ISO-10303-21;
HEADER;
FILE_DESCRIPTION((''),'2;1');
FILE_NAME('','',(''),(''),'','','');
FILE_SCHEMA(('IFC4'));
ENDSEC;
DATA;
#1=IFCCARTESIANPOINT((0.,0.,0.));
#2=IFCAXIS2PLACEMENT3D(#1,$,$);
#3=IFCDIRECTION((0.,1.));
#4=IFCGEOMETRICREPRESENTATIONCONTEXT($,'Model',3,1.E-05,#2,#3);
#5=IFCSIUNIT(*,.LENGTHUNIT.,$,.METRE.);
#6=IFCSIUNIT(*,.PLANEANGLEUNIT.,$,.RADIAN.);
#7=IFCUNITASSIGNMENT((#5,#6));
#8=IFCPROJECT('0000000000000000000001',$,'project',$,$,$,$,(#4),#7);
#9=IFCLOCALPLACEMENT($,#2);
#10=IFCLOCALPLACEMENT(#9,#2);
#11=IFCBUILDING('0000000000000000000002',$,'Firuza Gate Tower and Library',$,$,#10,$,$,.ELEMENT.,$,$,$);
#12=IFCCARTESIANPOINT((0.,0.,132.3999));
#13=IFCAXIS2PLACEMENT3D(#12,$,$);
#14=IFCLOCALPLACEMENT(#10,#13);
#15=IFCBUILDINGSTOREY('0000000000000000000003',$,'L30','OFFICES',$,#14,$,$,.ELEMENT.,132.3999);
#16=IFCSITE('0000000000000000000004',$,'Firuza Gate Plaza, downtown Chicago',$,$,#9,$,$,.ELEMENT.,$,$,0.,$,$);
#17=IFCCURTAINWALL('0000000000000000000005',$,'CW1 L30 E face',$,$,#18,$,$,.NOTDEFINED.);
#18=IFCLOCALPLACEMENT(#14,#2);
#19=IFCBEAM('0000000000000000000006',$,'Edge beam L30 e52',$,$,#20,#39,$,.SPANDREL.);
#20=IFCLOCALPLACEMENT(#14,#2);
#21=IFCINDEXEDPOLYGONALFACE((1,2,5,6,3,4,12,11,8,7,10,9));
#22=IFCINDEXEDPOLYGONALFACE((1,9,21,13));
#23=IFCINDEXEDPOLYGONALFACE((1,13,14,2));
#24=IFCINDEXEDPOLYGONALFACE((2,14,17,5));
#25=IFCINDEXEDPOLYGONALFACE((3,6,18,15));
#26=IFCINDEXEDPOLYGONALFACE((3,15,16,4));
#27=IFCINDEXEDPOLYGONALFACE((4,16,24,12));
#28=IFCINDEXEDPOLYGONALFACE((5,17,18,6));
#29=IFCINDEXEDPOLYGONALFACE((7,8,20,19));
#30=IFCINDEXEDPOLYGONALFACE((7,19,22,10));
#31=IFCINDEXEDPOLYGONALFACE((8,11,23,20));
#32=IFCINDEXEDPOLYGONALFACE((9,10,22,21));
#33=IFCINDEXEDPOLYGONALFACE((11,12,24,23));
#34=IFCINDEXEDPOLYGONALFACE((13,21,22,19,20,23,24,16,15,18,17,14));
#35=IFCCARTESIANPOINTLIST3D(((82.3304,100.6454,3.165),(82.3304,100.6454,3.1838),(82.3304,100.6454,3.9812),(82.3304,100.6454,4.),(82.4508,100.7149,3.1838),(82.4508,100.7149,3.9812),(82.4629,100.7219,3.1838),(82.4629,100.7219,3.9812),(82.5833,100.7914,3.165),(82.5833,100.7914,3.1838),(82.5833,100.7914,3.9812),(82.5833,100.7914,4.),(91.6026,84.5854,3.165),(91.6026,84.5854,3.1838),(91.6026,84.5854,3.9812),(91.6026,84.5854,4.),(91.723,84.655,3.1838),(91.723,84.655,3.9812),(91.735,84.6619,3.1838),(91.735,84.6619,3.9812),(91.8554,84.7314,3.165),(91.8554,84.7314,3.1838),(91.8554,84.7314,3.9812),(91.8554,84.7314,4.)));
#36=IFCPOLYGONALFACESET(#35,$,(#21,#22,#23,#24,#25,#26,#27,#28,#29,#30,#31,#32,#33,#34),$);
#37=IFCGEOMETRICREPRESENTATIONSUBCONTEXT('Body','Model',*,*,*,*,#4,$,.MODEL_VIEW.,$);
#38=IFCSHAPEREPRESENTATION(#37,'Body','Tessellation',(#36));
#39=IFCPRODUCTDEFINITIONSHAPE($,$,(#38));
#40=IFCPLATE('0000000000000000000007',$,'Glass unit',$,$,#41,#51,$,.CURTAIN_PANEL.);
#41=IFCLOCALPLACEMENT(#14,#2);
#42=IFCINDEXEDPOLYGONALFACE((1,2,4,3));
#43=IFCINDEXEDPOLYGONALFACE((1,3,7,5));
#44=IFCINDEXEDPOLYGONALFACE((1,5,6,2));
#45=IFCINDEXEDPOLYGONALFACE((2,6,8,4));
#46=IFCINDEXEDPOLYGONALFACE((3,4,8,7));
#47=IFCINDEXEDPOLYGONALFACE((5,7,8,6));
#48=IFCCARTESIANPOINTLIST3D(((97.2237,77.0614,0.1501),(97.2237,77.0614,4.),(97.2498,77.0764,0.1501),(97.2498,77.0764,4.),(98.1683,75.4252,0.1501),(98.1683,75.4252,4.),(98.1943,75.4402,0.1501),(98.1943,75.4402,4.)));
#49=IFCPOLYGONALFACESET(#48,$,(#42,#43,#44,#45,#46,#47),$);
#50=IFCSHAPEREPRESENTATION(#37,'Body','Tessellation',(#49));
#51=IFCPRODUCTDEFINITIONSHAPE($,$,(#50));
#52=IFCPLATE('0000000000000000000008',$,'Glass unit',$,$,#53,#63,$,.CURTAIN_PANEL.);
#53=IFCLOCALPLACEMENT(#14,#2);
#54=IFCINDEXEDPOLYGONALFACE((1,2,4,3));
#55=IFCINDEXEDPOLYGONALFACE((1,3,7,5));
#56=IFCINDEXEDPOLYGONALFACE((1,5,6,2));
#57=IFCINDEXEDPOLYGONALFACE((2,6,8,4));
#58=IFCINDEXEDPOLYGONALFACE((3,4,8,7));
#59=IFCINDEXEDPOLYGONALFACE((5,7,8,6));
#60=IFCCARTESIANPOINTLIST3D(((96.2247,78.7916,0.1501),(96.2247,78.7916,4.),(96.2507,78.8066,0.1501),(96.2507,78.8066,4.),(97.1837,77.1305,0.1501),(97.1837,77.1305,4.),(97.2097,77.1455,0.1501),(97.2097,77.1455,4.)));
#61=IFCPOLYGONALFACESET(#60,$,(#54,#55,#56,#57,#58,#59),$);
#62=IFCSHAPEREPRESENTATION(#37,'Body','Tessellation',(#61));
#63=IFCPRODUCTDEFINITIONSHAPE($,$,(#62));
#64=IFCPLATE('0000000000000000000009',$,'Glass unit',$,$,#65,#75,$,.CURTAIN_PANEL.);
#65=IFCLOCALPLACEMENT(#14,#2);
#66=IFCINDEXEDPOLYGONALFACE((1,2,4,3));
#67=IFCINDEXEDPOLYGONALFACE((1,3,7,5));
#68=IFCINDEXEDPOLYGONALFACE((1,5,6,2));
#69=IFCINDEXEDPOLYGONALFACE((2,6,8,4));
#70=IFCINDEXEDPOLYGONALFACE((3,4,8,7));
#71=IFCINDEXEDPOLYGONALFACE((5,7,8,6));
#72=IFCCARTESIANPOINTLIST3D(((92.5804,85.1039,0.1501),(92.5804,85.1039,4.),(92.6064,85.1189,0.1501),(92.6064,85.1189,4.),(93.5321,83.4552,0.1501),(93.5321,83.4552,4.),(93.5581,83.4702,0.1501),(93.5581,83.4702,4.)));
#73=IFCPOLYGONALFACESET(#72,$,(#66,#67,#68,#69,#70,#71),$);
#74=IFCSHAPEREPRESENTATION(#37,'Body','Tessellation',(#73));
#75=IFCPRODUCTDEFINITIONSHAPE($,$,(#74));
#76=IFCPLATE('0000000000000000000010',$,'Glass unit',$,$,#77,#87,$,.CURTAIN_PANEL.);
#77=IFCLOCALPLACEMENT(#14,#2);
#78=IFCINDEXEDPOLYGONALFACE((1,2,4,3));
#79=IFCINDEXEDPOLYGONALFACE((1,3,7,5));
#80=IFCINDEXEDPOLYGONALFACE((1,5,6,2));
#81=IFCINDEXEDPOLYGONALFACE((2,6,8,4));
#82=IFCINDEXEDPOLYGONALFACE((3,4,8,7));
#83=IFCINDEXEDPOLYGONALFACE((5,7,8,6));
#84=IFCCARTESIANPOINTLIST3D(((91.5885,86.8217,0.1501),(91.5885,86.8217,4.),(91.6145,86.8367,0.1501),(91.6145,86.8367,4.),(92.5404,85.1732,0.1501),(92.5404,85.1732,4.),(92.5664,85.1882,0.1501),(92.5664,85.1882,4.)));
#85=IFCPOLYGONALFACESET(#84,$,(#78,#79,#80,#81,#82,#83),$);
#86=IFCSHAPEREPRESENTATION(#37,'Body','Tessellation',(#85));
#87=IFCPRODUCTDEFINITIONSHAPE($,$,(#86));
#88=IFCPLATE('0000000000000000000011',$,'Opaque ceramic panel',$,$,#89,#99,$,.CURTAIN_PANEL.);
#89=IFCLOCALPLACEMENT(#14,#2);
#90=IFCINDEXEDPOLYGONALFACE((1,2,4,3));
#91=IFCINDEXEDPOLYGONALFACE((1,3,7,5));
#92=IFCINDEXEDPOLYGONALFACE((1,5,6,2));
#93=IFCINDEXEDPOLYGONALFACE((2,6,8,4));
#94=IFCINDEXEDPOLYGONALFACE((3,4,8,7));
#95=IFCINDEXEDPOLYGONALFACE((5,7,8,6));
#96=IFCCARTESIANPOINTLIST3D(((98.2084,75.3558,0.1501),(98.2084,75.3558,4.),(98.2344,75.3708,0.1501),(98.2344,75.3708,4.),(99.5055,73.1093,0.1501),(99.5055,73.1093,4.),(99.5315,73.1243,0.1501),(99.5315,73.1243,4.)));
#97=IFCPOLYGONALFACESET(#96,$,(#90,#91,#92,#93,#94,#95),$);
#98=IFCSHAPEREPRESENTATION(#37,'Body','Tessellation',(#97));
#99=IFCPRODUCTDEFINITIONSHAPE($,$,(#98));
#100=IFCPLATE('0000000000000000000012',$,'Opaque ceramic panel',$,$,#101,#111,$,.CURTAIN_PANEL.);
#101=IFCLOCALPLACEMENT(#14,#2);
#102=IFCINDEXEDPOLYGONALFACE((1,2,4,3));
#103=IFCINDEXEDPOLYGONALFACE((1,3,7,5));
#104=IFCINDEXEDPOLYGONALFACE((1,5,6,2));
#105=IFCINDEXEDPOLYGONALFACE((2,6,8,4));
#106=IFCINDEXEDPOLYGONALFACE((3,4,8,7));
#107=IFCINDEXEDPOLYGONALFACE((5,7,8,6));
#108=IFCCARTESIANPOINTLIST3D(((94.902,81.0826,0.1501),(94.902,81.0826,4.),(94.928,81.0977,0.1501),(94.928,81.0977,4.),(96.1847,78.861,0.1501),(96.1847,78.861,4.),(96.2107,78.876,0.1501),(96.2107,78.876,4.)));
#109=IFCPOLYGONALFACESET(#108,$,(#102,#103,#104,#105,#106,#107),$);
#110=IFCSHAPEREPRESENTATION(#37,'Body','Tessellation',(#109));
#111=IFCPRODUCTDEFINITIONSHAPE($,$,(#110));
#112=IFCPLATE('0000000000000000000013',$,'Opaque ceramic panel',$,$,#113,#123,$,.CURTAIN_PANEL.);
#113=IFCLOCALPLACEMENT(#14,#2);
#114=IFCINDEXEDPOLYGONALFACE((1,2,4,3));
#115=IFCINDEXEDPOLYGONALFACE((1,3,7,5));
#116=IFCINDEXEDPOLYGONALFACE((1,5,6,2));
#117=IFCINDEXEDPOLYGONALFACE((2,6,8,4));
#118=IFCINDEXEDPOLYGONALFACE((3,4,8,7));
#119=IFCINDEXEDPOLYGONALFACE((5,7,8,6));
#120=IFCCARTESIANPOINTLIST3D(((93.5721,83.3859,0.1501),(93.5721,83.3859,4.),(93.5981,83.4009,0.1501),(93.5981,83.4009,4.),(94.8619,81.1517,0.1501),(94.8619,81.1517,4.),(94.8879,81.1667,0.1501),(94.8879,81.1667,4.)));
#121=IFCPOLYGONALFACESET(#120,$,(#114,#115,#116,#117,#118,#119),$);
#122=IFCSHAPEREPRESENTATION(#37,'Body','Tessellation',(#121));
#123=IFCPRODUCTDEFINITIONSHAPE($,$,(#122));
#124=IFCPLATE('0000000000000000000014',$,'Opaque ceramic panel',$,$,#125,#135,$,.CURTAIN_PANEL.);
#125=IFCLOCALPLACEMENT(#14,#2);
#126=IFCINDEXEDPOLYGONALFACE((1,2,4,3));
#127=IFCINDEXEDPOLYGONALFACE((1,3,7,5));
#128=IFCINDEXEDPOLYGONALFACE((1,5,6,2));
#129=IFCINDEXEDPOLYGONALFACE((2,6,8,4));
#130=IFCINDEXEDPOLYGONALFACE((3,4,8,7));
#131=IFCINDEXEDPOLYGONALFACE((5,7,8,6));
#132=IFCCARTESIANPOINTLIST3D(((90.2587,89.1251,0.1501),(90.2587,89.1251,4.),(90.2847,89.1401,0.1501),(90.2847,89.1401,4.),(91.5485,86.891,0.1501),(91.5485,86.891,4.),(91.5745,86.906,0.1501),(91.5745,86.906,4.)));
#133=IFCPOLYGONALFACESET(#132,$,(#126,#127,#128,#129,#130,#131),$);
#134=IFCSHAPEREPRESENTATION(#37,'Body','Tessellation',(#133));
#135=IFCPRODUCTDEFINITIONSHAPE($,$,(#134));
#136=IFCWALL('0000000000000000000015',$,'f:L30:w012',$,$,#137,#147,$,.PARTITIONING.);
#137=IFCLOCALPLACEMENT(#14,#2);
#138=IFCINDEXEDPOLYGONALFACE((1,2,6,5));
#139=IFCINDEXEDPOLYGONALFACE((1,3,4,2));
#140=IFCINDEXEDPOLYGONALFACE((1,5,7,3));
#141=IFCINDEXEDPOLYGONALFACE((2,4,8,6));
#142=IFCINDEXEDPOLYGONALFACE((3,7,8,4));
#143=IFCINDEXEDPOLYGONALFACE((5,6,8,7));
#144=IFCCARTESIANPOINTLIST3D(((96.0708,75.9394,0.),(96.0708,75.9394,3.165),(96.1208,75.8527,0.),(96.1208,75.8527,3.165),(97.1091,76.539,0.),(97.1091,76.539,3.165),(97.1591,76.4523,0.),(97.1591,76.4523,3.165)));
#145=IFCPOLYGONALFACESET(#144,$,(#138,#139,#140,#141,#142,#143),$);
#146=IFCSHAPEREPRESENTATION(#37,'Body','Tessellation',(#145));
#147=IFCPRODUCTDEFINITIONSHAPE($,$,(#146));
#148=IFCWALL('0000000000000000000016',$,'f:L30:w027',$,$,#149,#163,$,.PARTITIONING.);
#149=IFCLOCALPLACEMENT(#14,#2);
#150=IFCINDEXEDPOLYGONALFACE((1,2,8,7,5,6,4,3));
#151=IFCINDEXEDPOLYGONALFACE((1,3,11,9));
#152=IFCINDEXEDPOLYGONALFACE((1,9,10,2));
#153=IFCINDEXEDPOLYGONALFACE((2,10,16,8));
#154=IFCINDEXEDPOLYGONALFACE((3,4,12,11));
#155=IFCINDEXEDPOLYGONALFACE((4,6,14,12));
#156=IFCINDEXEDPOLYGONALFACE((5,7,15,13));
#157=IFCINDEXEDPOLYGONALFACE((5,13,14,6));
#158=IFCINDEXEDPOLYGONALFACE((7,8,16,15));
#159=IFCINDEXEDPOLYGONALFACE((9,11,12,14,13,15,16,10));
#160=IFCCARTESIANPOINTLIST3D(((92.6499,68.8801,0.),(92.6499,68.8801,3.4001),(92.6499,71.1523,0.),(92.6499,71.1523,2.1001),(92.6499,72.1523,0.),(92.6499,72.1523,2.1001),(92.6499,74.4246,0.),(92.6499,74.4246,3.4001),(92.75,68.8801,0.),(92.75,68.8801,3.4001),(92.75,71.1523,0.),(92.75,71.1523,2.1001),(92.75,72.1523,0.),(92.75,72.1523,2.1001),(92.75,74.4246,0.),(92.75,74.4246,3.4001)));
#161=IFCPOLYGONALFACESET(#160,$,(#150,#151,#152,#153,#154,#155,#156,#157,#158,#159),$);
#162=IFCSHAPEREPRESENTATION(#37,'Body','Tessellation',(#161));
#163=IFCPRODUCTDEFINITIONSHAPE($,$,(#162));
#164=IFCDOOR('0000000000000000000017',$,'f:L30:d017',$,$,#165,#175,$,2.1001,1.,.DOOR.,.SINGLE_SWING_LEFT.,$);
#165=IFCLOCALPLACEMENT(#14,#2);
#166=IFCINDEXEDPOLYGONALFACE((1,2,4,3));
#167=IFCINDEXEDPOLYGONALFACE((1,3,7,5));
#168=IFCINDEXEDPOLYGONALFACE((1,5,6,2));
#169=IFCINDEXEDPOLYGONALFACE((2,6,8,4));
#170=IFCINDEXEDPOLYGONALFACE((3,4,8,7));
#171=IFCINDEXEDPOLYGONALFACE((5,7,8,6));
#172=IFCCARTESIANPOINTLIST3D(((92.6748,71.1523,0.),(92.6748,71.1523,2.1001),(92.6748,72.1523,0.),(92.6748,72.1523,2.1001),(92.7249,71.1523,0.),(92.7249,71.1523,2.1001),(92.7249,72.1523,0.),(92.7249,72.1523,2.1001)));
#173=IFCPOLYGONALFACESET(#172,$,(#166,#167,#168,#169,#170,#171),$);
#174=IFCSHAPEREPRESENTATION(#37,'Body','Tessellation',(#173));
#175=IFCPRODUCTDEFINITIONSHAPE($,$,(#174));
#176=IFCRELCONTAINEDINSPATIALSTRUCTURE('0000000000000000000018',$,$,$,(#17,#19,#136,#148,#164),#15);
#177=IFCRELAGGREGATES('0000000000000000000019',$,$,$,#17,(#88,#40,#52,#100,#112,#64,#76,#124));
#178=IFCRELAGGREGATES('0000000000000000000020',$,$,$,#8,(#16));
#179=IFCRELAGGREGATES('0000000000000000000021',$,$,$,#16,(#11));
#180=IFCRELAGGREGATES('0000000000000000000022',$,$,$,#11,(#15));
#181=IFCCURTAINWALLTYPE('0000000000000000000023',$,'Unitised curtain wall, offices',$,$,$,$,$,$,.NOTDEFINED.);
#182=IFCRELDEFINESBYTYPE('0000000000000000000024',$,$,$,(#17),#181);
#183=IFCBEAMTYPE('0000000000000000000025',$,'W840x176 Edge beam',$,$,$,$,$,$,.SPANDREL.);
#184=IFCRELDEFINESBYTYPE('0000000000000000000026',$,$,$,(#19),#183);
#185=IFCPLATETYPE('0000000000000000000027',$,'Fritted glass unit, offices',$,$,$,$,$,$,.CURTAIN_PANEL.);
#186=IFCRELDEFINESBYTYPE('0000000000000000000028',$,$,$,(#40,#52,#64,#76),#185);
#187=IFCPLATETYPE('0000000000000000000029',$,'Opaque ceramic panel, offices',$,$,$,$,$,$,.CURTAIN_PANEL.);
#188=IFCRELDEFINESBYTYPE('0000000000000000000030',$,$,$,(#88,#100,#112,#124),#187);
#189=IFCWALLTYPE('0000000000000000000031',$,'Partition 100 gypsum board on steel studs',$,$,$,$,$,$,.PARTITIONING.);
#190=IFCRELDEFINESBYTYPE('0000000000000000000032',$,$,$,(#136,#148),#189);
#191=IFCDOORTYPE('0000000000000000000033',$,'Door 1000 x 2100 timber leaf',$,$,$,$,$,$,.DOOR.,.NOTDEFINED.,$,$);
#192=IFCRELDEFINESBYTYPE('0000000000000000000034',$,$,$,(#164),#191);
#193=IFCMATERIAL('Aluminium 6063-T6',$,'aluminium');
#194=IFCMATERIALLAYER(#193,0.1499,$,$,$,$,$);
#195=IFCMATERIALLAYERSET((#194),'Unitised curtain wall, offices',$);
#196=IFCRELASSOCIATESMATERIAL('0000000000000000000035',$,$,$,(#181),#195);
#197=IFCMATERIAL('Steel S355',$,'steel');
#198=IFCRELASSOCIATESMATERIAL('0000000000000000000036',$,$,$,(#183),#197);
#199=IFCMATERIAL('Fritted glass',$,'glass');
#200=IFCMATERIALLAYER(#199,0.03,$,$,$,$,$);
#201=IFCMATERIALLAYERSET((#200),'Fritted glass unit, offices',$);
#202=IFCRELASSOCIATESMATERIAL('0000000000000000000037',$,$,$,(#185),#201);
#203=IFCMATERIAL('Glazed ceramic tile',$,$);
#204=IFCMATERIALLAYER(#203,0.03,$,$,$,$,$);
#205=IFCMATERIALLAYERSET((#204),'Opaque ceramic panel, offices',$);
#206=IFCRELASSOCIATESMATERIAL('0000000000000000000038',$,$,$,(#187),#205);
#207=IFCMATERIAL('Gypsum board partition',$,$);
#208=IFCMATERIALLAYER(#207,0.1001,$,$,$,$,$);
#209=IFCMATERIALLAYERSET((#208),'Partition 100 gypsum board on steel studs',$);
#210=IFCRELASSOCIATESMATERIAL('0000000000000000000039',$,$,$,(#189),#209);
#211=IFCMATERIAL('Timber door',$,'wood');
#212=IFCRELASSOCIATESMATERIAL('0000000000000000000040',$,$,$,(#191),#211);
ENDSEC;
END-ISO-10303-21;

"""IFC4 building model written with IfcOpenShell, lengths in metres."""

from ifc_helpers import new_model, si_unit, direction, frame, frame_2d, origin, origin_2d, place, context, subcontext, project, spatial, polyline, rectangle, i_section, outline, extrude, material, layer, layer_set, material_profile, profile_set, type_object, element, fill, aggregate, save


model = new_model("IFC4")

# Units and contexts
model_context = context("Model", 3, precision=1e-05, world=origin(), true_north=direction((0.0, 1.0)))
body_context = subcontext(model_context, "Body", "Model", "MODEL_VIEW")
ifc_project = project(units=[si_unit("LENGTHUNIT", "METRE"), si_unit("PLANEANGLEUNIT", "RADIAN")], contexts=[model_context])

# Site, building, storey
site_placement = place(None, origin())
site = spatial("IfcSite", under=ifc_project, at=site_placement, Name="Firuza Gate Plaza, downtown Chicago", CompositionType="ELEMENT", RefElevation=0.0)
building_placement = place(site_placement, origin())
building = spatial("IfcBuilding", under=site, at=building_placement, Name="Firuza Gate Tower and Library", CompositionType="ELEMENT")
storey_placement = place(building_placement, frame((0.0, 0.0, 132.3999)))
storey = spatial("IfcBuildingStorey", under=building, at=storey_placement, Name="L30", Description="OFFICES", CompositionType="ELEMENT", Elevation=132.3999)

# Curtain wall
ifc_material_1 = material(Name="Aluminium 6063-T6", Category="aluminium")
ifc_layer_1 = layer(ifc_material_1, 0.1499)
ifc_layer_set_1 = layer_set([ifc_layer_1], Name="Unitised curtain wall, offices")
curtain_wall_type = type_object("IfcCurtainWallType", Name="Unitised curtain wall, offices", PredefinedType="NOTDEFINED", material=ifc_layer_set_1)
curtain_wall_placement = place(storey_placement, origin())
curtain_wall = element("IfcCurtainWall", 1, at=curtain_wall_placement, inside=storey, type_object=curtain_wall_type, Name="CW1 L30 E face", PredefinedType="NOTDEFINED")

# Beam
ifc_material_2 = material(Name="Steel S355", Category="steel")
ifc_material_profile_1 = material_profile(ifc_material_2, i_section(OverallWidth=0.292, OverallDepth=0.835, WebThickness=0.0139, FlangeThickness=0.0188, at=origin_2d()))
ifc_profile_set_1 = profile_set([ifc_material_profile_1], Name="Steel S355")
beam_type_1 = type_object("IfcBeamType", Name="W840x176 Edge beam", PredefinedType="SPANDREL", material=ifc_profile_set_1)
beam_1_placement = place(storey_placement, frame((91.729, 84.6584, 3.5825), z_axis=(-0.499997, 0.866027, 0.0), x_axis=(-0.866027, -0.499997, 0.0)))
element("IfcBeam", 2, at=beam_1_placement, inside=storey, type_object=beam_type_1, Name="Edge beam L30 e52", PredefinedType="SPANDREL", context=body_context, shape_type="SweptSolid", body=[
    extrude(i_section(OverallWidth=0.292, OverallDepth=0.835, WebThickness=0.0139, FlangeThickness=0.0188, at=origin_2d()), origin(), (0.0, 0.0, 1.0), 18.5444),
])

# Plates
ifc_material_3 = material(Name="Fritted glass", Category="glass")
ifc_layer_2 = layer(ifc_material_3, 0.03)
ifc_layer_set_2 = layer_set([ifc_layer_2], Name="Fritted glass unit, offices")
plate_type_1 = type_object("IfcPlateType", Name="Fritted glass unit, offices", PredefinedType="CURTAIN_PANEL", material=ifc_layer_set_2)
plate_1_placement = place(storey_placement, frame((98.1943, 75.4402, 0.1501), z_axis=(0.866048, 0.499961, 0.0), x_axis=(-0.499961, 0.866048, 0.0)))
plate_1 = element("IfcPlate", 3, at=plate_1_placement, type_object=plate_type_1, Name="Glass unit", PredefinedType="CURTAIN_PANEL", context=body_context, shape_type="SweptSolid", body=[
    extrude(outline(polyline([(0.0, 0.0), (1.8893, 0.0), (1.8893, 3.8499), (0.0, 3.8499), (0.0, 0.0)])), origin(), (0.0, 0.0, -1.0), 0.03),
])
plate_2_placement = place(storey_placement, frame((97.2097, 77.1455, 0.1501), z_axis=(0.866041, 0.499972, 0.0), x_axis=(-0.499972, 0.866041, 0.0)))
plate_2 = element("IfcPlate", 4, at=plate_2_placement, type_object=plate_type_1, Name="Glass unit", PredefinedType="CURTAIN_PANEL", context=body_context, shape_type="SweptSolid", body=[
    extrude(outline(polyline([(0.0, 0.0), (1.9181, 0.0), (1.9181, 3.8499), (0.0, 3.8499), (0.0, 0.0)])), origin(), (0.0, 0.0, -1.0), 0.03),
])
plate_3_placement = place(storey_placement, frame((93.5581, 83.4702, 0.1501), z_axis=(0.866072, 0.499919, 0.0), x_axis=(-0.499919, 0.866072, 0.0)))
plate_3 = element("IfcPlate", 5, at=plate_3_placement, type_object=plate_type_1, Name="Glass unit", PredefinedType="CURTAIN_PANEL", context=body_context, shape_type="SweptSolid", body=[
    extrude(outline(polyline([(0.0, 0.0), (1.9036, 0.0), (1.9036, 3.8499), (0.0, 3.8499), (0.0, 0.0)])), origin(), (0.0, 0.0, -1.0), 0.03),
])
plate_4_placement = place(storey_placement, frame((92.5664, 85.1882, 0.1501), z_axis=(0.865985, 0.50007, 0.0), x_axis=(-0.50007, 0.865985, 0.0)))
plate_4 = element("IfcPlate", 6, at=plate_4_placement, type_object=plate_type_1, Name="Glass unit", PredefinedType="CURTAIN_PANEL", context=body_context, shape_type="SweptSolid", body=[
    extrude(outline(polyline([(0.0, 0.0), (1.9035, 0.0), (1.9035, 3.8499), (0.0, 3.8499), (0.0, 0.0)])), origin(), (0.0, 0.0, -1.0), 0.03),
])
ifc_material_4 = material(Name="Glazed ceramic tile")
ifc_layer_3 = layer(ifc_material_4, 0.03)
ifc_layer_set_3 = layer_set([ifc_layer_3], Name="Opaque ceramic panel, offices")
plate_type_2 = type_object("IfcPlateType", Name="Opaque ceramic panel, offices", PredefinedType="CURTAIN_PANEL", material=ifc_layer_set_3)
plate_5_placement = place(storey_placement, frame((99.5315, 73.1243, 0.1501), z_axis=(0.866016, 0.500016, 0.0), x_axis=(-0.500016, 0.866016, 0.0)))
plate_5 = element("IfcPlate", 7, at=plate_5_placement, type_object=plate_type_2, Name="Opaque ceramic panel", PredefinedType="CURTAIN_PANEL", context=body_context, shape_type="SweptSolid", body=[
    extrude(outline(polyline([(0.0, 0.0), (2.5942, 0.0), (2.5942, 3.8499), (0.0, 3.8499), (0.0, 0.0)])), origin(), (0.0, 0.0, -1.0), 0.03),
])
plate_6_placement = place(storey_placement, frame((96.2107, 78.876, 0.1501), z_axis=(0.866021, 0.500008, 0.0), x_axis=(-0.500008, 0.866021, 0.0)))
plate_6 = element("IfcPlate", 8, at=plate_6_placement, type_object=plate_type_2, Name="Opaque ceramic panel", PredefinedType="CURTAIN_PANEL", context=body_context, shape_type="SweptSolid", body=[
    extrude(outline(polyline([(0.0, 0.0), (2.5654, 0.0), (2.5654, 3.8499), (0.0, 3.8499), (0.0, 0.0)])), origin(), (0.0, 0.0, -1.0), 0.03),
])
plate_7_placement = place(storey_placement, frame((94.8879, 81.1667, 0.1501), z_axis=(0.866039, 0.499976, 0.0), x_axis=(-0.499976, 0.866039, 0.0)))
plate_7 = element("IfcPlate", 9, at=plate_7_placement, type_object=plate_type_2, Name="Opaque ceramic panel", PredefinedType="CURTAIN_PANEL", context=body_context, shape_type="SweptSolid", body=[
    extrude(outline(polyline([(0.0, 0.0), (2.5797, 0.0), (2.5797, 3.8499), (0.0, 3.8499), (0.0, 0.0)])), origin(), (0.0, 0.0, -1.0), 0.03),
])
plate_8_placement = place(storey_placement, frame((91.5745, 86.906, 0.1501), z_axis=(0.866039, 0.499976, 0.0), x_axis=(-0.499976, 0.866039, 0.0)))
plate_8 = element("IfcPlate", 10, at=plate_8_placement, type_object=plate_type_2, Name="Opaque ceramic panel", PredefinedType="CURTAIN_PANEL", context=body_context, shape_type="SweptSolid", body=[
    extrude(outline(polyline([(0.0, 0.0), (2.5797, 0.0), (2.5797, 3.8499), (0.0, 3.8499), (0.0, 0.0)])), origin(), (0.0, 0.0, -1.0), 0.03),
])
aggregate(curtain_wall, [plate_5, plate_1, plate_2, plate_6, plate_7, plate_3, plate_4, plate_8])

# Wall
ifc_material_5 = material(Name="Gypsum board partition")
ifc_layer_4 = layer(ifc_material_5, 0.1001)
ifc_layer_set_4 = layer_set([ifc_layer_4], Name="Partition 100 gypsum board on steel studs")
wall_type = type_object("IfcWallType", Name="Partition 100 gypsum board on steel studs", PredefinedType="PARTITIONING", material=ifc_layer_set_4)
wall_1_placement = place(storey_placement, frame((96.0957, 75.896, 0.0), z_axis=(0.0, 0.0, 1.0), x_axis=(0.865979, 0.500081, 0.0)))
element("IfcWall", 11, at=wall_1_placement, inside=storey, type_object=wall_type, Name="f:L30:w012", PredefinedType="PARTITIONING", context=body_context, shape_type="SweptSolid", body=[
    extrude(rectangle(XDim=1.199, YDim=0.1001, at=frame_2d((0.5996, 0.0))), origin(), (0.0, 0.0, 1.0), 3.165),
])

# Wall, opening, door
wall_2_placement = place(storey_placement, frame((92.7, 74.4246, 0.0), z_axis=(0.0, 0.0, 1.0), x_axis=(0.0, -1.0, 0.0)))
wall_2 = element("IfcWall", 12, at=wall_2_placement, inside=storey, type_object=wall_type, Name="f:L30:w027", PredefinedType="PARTITIONING", context=body_context, shape_type="SweptSolid", body=[
    extrude(rectangle(XDim=5.5444, YDim=0.1001, at=frame_2d((2.7722, 0.0))), origin(), (0.0, 0.0, 1.0), 3.4001),
])
opening_placement = place(wall_2_placement, frame((2.2722, 0.0, 0.0)))
opening = element("IfcOpeningElement", 13, at=opening_placement, cuts=wall_2, PredefinedType="OPENING", context=body_context, shape_type="SweptSolid", body=[
    extrude(rectangle(XDim=1.0, YDim=2.1001, at=frame_2d((0.5, 1.05))), frame((0.0, 0.0601, 0.0), z_axis=(0.0, -1.0, 0.0), x_axis=(1.0, 0.0, 0.0)), (0.0, 0.0, 1.0), 0.1201),
])
ifc_material_6 = material(Name="Timber door", Category="wood")
door_type = type_object("IfcDoorType", Name="Door 1000 x 2100 timber leaf", OperationType="NOTDEFINED", PredefinedType="DOOR", material=ifc_material_6)
door_placement = place(opening_placement, origin())
door = element("IfcDoor", 14, at=door_placement, inside=storey, type_object=door_type, Name="f:L30:d017", OperationType="SINGLE_SWING_LEFT", OverallHeight=2.1001, OverallWidth=1.0, PredefinedType="DOOR", context=body_context, shape_type="SweptSolid", body=[
    extrude(rectangle(XDim=1.0, YDim=2.1001, at=frame_2d((0.5, 1.05))), frame((0.0, 0.0249, 0.0), z_axis=(0.0, -1.0, 0.0), x_axis=(1.0, 0.0, 0.0)), (0.0, 0.0, 1.0), 0.05),
])
fill(opening, door)

save(model, "model.ifc")
